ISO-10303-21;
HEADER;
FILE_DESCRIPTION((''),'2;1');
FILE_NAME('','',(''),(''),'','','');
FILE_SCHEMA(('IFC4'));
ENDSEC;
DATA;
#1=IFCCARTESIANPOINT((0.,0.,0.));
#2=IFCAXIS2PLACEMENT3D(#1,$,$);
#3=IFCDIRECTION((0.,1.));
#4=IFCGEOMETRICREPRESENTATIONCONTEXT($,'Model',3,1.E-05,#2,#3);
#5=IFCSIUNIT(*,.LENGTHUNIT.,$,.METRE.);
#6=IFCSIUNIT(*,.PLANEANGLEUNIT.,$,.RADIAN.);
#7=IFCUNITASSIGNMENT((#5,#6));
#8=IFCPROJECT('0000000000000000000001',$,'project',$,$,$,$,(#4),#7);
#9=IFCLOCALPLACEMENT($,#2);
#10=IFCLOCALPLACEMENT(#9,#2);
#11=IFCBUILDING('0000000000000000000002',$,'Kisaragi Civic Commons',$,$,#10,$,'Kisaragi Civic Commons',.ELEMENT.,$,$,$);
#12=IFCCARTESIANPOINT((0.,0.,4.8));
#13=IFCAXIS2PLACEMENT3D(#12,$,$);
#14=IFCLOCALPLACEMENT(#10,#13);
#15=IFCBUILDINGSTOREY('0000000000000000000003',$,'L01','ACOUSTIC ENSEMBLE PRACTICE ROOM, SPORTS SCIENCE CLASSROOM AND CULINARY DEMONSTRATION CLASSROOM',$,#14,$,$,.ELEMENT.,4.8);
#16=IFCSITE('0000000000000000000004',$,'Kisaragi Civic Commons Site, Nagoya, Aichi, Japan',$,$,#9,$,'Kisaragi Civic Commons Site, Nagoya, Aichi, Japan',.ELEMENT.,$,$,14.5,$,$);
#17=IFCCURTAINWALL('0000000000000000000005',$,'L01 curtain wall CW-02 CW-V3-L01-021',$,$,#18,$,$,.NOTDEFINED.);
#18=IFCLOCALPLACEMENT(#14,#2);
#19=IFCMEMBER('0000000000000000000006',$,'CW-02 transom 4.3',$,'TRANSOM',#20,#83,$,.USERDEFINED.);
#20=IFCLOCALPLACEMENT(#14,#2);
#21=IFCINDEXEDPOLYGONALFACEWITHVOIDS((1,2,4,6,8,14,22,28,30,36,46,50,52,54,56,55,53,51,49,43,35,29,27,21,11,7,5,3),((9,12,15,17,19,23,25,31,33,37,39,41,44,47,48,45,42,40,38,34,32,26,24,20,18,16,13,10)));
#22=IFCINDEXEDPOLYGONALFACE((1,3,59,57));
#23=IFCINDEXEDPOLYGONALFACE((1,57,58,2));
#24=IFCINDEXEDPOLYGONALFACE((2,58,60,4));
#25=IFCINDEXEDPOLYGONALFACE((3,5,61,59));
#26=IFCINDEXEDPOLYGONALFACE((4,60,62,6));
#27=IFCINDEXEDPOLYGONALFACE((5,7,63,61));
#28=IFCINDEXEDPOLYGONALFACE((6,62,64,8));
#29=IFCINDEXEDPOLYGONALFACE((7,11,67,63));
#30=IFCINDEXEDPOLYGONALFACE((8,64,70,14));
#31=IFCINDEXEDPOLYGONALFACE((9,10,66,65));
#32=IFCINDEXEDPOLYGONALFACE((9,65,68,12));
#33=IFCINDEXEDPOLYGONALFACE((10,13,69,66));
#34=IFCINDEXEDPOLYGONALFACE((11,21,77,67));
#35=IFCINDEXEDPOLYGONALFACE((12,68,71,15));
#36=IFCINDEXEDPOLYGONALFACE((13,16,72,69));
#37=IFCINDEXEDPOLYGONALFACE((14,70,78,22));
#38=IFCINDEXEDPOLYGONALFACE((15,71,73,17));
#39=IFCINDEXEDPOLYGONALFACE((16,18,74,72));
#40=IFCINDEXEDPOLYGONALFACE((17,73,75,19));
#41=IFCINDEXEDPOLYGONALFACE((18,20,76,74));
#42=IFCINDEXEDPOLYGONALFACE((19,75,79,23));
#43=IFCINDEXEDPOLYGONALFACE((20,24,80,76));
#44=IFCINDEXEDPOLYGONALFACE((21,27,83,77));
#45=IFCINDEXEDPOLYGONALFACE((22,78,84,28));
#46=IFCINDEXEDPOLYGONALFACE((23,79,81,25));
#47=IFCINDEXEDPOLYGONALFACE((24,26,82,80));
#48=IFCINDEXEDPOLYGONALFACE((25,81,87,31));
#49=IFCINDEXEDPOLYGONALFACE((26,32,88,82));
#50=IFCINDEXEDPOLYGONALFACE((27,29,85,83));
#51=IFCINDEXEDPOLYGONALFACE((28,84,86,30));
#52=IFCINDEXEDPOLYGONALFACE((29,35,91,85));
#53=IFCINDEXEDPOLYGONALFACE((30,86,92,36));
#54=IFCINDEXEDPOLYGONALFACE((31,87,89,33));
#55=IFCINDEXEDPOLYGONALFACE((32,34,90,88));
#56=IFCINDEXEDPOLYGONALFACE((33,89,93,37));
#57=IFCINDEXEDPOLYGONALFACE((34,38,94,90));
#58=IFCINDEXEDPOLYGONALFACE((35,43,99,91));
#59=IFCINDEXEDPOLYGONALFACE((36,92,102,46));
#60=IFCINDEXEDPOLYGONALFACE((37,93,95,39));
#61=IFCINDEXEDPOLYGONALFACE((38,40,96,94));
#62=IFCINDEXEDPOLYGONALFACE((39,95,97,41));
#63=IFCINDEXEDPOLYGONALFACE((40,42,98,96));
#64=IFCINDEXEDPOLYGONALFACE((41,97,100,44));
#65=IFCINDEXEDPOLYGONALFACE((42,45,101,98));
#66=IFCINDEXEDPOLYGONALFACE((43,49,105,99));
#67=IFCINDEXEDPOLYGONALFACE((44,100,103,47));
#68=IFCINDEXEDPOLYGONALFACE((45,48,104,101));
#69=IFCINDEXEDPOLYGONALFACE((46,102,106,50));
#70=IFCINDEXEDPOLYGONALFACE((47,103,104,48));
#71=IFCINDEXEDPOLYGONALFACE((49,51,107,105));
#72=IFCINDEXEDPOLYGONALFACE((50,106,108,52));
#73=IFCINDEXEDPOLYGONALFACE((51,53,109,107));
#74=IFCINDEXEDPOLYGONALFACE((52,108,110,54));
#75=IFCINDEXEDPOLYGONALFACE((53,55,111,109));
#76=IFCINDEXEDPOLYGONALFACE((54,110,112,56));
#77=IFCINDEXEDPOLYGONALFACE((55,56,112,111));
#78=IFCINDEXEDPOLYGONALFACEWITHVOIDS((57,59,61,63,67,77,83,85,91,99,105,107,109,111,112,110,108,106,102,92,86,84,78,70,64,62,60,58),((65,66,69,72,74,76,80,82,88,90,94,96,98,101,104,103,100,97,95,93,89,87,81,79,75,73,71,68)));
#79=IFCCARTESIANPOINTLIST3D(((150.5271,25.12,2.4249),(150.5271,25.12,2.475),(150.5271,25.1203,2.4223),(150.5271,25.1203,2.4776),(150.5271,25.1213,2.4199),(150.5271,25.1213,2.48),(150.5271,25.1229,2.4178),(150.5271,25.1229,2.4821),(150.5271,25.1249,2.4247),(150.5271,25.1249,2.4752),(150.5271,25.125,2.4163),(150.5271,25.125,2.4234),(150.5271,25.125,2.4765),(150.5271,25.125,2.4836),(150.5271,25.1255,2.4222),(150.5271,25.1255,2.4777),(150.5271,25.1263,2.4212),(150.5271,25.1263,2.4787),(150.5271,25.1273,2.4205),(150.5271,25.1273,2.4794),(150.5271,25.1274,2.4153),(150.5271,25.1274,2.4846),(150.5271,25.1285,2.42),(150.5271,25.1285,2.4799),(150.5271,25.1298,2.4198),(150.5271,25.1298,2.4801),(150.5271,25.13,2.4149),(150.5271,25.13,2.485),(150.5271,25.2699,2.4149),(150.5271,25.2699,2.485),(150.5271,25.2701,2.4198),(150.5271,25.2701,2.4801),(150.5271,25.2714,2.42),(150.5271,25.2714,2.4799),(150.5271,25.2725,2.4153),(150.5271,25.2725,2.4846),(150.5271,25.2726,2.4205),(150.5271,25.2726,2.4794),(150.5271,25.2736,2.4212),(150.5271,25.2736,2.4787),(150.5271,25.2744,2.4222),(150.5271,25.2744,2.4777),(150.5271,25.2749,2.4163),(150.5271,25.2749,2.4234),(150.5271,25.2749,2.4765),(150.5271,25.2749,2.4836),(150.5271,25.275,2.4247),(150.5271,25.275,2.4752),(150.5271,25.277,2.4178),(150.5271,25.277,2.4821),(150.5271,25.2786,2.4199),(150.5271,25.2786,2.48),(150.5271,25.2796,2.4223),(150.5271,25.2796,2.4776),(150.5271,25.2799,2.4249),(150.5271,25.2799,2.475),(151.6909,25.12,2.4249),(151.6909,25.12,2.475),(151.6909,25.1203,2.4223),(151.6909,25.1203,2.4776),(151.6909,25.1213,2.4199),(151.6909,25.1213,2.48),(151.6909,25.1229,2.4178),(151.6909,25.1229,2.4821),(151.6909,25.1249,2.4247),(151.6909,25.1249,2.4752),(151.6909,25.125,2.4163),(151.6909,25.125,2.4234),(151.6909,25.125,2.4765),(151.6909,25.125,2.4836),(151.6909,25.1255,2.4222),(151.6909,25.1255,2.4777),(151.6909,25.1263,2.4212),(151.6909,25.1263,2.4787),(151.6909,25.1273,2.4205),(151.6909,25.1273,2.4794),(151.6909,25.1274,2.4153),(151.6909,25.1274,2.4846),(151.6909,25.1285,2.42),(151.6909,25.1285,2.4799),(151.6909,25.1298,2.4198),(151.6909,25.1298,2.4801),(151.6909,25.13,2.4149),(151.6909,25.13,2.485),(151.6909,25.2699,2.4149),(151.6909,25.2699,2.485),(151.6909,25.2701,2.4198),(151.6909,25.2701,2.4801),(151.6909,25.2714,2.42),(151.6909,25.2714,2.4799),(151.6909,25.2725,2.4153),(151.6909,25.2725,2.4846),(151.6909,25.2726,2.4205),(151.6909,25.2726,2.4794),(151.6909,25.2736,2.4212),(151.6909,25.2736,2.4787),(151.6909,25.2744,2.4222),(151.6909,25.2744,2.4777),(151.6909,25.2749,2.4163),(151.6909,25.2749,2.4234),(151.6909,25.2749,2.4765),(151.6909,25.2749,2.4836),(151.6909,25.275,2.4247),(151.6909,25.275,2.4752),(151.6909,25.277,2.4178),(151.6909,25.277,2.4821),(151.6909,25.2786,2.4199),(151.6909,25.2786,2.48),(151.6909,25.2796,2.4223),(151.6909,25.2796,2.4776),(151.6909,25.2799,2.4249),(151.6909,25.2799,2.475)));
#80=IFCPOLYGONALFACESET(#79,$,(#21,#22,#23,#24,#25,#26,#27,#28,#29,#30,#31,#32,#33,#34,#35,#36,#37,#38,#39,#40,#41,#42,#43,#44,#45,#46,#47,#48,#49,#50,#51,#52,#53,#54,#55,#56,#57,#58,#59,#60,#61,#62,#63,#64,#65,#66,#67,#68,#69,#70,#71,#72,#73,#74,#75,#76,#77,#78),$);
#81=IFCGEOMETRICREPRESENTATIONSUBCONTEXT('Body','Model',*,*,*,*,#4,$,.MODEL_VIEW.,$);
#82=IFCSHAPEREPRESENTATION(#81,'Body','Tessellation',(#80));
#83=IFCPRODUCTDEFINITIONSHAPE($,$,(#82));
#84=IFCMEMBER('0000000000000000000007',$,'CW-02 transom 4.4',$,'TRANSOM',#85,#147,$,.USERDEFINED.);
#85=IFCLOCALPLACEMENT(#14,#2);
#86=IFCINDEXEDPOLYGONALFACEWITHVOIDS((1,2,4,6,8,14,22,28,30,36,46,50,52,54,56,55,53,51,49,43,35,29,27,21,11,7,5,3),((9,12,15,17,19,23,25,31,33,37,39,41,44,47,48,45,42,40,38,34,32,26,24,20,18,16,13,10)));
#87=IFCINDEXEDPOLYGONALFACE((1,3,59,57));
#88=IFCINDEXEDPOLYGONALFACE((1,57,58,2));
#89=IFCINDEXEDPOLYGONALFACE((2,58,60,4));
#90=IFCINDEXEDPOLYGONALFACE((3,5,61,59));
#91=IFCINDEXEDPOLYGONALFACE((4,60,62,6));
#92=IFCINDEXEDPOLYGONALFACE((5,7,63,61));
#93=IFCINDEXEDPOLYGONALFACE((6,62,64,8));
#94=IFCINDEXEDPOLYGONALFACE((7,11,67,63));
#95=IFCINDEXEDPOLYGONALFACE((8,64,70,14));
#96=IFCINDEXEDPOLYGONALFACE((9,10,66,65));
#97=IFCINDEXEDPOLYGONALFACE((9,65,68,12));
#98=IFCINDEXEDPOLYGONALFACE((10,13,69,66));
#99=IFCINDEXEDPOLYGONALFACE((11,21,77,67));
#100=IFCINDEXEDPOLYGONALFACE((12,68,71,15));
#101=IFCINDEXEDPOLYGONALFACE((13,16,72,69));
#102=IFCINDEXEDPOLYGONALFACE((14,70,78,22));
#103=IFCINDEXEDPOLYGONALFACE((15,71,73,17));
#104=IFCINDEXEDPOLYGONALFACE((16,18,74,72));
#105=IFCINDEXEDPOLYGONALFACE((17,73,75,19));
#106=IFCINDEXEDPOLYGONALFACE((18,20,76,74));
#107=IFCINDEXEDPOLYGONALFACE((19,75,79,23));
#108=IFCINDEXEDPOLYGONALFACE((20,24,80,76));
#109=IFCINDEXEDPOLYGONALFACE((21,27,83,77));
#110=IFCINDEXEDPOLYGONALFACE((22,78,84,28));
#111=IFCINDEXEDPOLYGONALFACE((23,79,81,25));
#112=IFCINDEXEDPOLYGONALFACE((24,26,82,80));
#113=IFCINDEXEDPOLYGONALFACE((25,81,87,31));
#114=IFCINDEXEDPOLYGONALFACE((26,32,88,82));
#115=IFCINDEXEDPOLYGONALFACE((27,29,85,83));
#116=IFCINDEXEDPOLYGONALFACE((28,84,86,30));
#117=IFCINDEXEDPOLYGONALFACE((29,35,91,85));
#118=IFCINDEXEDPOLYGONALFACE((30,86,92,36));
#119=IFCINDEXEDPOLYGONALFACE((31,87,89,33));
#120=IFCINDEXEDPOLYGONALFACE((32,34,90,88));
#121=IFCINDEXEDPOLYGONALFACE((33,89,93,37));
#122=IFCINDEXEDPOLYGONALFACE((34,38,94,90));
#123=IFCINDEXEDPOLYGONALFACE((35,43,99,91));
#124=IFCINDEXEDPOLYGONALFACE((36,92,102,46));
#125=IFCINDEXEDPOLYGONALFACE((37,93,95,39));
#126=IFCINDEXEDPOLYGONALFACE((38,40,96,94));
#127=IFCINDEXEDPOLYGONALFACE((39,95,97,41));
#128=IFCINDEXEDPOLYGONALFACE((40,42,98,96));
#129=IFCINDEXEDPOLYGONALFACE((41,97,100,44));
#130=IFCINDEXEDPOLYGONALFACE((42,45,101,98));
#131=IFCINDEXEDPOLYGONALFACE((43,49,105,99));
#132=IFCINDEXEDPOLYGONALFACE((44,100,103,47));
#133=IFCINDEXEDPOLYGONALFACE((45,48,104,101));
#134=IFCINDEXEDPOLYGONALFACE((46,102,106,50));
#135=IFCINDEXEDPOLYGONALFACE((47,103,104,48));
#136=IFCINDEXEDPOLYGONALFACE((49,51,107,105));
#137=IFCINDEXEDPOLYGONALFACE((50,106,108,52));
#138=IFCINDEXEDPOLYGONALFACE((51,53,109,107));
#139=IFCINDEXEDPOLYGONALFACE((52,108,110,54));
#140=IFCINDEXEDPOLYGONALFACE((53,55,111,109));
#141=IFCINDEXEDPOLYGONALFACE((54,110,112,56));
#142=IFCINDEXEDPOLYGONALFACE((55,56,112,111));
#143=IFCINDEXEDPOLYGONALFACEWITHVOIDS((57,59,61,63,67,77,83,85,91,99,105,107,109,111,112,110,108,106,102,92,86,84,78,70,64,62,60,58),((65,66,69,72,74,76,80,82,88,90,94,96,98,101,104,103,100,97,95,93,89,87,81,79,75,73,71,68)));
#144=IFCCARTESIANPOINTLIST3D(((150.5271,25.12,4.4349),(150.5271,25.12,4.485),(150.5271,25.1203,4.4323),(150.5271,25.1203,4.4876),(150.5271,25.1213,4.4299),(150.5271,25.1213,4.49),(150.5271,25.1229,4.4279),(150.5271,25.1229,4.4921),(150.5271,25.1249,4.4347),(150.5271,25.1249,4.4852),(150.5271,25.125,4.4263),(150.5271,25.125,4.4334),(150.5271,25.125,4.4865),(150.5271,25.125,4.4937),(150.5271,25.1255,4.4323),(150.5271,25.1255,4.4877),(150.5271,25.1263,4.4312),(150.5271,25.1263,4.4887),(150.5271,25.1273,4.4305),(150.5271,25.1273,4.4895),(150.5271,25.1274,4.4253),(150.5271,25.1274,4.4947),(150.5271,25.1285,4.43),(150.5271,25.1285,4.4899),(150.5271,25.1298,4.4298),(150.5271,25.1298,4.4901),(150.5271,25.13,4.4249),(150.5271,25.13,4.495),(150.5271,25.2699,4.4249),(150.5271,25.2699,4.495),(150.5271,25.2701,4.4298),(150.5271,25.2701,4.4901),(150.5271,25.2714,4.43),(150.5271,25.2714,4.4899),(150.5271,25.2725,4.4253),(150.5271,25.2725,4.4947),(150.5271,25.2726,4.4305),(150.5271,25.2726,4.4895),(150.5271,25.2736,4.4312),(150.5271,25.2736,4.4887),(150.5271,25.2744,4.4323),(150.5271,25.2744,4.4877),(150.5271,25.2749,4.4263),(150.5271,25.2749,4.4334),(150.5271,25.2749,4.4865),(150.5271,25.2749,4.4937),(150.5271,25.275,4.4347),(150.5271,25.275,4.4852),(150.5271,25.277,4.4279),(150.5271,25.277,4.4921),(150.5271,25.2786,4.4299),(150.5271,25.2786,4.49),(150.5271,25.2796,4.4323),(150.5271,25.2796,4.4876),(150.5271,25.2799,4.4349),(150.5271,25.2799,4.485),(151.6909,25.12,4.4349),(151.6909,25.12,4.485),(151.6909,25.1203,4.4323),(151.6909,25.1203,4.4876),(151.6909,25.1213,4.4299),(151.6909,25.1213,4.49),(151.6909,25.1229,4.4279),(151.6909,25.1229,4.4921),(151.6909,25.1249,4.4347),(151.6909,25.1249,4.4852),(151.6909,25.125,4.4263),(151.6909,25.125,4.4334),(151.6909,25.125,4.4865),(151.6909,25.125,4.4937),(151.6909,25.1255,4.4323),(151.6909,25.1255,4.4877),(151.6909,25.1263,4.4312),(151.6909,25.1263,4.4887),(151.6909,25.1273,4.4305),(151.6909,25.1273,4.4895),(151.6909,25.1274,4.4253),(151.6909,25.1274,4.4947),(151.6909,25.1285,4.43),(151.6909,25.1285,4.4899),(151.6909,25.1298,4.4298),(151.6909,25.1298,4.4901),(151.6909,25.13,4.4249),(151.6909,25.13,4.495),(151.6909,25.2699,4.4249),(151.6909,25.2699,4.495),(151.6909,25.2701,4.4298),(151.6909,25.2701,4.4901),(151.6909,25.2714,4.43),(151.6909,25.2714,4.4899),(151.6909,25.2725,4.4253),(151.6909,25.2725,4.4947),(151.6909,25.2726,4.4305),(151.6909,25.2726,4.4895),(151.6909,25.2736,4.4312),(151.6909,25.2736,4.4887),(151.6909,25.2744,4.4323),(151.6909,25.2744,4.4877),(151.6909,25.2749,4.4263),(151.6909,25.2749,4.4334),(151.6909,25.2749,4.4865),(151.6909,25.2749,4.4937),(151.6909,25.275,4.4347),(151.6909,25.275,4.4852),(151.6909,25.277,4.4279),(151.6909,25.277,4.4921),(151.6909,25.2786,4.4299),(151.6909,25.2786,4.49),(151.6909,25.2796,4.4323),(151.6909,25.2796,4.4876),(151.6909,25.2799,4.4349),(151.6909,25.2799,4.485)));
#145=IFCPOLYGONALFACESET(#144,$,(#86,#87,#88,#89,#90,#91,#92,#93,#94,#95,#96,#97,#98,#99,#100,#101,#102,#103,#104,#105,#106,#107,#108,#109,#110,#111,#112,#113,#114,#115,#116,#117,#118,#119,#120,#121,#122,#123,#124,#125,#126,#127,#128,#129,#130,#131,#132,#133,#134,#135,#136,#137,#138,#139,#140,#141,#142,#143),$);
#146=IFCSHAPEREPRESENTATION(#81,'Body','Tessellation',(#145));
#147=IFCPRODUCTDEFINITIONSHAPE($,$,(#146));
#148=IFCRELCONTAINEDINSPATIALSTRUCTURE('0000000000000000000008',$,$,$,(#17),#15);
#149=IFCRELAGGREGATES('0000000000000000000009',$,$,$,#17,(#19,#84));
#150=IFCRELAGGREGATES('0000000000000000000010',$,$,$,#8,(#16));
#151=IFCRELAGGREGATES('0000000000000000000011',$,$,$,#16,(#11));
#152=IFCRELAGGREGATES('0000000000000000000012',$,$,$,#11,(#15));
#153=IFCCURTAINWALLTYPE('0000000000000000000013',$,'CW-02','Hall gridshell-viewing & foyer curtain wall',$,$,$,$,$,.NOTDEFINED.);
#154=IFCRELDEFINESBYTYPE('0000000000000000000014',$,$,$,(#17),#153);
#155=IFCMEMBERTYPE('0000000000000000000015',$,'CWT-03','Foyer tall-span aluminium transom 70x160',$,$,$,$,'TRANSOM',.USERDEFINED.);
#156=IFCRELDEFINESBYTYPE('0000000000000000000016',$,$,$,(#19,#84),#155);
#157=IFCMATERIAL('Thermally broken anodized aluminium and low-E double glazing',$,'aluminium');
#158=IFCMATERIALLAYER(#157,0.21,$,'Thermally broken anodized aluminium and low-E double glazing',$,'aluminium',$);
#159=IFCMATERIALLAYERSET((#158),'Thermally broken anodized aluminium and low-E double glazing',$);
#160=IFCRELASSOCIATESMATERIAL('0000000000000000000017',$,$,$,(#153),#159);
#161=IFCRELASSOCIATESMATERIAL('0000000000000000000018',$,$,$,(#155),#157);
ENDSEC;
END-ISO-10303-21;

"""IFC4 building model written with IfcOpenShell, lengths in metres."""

from ifc_helpers import new_model, si_unit, direction, frame, origin, origin_2d, place, context, subcontext, project, spatial, hollow_rectangle, extrude, material, layer, layer_set, material_profile, profile_set, type_object, element, aggregate, save


model = new_model("IFC4")

# Units and contexts
model_context = context("Model", 3, precision=1e-05, world=origin(), true_north=direction((0.0, 1.0)))
body_context = subcontext(model_context, "Body", "Model", "MODEL_VIEW")
ifc_project = project(units=[si_unit("LENGTHUNIT", "METRE"), si_unit("PLANEANGLEUNIT", "RADIAN")], contexts=[model_context])

# Site, building, storey
site_placement = place(None, origin())
site = spatial("IfcSite", under=ifc_project, at=site_placement, Name="Kisaragi Civic Commons Site, Nagoya, Aichi, Japan", LongName="Kisaragi Civic Commons Site, Nagoya, Aichi, Japan", CompositionType="ELEMENT", RefElevation=14.5)
building_placement = place(site_placement, origin())
building = spatial("IfcBuilding", under=site, at=building_placement, Name="Kisaragi Civic Commons", LongName="Kisaragi Civic Commons", CompositionType="ELEMENT")
storey_placement = place(building_placement, frame((0.0, 0.0, 4.8)))
storey = spatial("IfcBuildingStorey", under=building, at=storey_placement, Name="L01", Description="ACOUSTIC ENSEMBLE PRACTICE ROOM, SPORTS SCIENCE CLASSROOM AND CULINARY DEMONSTRATION CLASSROOM", CompositionType="ELEMENT", Elevation=4.8)

# Curtain wall
ifc_material_1 = material(Name="Thermally broken anodized aluminium and low-E double glazing", Category="aluminium")
ifc_layer_1 = layer(ifc_material_1, 0.21, Name="Thermally broken anodized aluminium and low-E double glazing", Category="aluminium")
ifc_layer_set_1 = layer_set([ifc_layer_1], Name="Thermally broken anodized aluminium and low-E double glazing")
curtain_wall_type = type_object("IfcCurtainWallType", Name="CW-02", Description="Hall gridshell-viewing & foyer curtain wall", PredefinedType="NOTDEFINED", material=ifc_layer_set_1)
curtain_wall_1_placement = place(storey_placement, origin())
curtain_wall_1 = element("IfcCurtainWall", 1, at=curtain_wall_1_placement, inside=storey, type_object=curtain_wall_type, Name="L01 curtain wall CW-02 CW-V3-L01-021", PredefinedType="NOTDEFINED")

# Members
ifc_material_profile_1 = material_profile(ifc_material_1, hollow_rectangle(XDim=0.1599, YDim=0.0701, WallThickness=0.0049, InnerFilletRadius=0.0049, OuterFilletRadius=0.01, at=origin_2d()), Name="CWT-70x160x5", Category="aluminium")
ifc_profile_set_1 = profile_set([ifc_material_profile_1], Name="Thermally broken anodized aluminium and low-E double glazing")
member_type_1 = type_object("IfcMemberType", Name="CWT-03", Description="Foyer tall-span aluminium transom 70x160", ElementType="TRANSOM", PredefinedType="USERDEFINED", material=ifc_profile_set_1)
member_1_placement = place(storey_placement, frame((150.5271, 25.2, 2.45), z_axis=(1.0, 0.0, 0.0), x_axis=(0.0, 1.0, 0.0)))
member_1 = element("IfcMember", 2, at=member_1_placement, type_object=member_type_1, Name="CW-02 transom 4.3", ObjectType="TRANSOM", PredefinedType="USERDEFINED", context=body_context, shape_type="SweptSolid", body=[
    extrude(hollow_rectangle(XDim=0.1599, YDim=0.0701, WallThickness=0.0049, InnerFilletRadius=0.0049, OuterFilletRadius=0.01, at=origin_2d()), origin(), (0.0, 0.0, 1.0), 1.1638),
])
member_2_placement = place(storey_placement, frame((150.5271, 25.2, 4.46), z_axis=(1.0, 0.0, 0.0), x_axis=(0.0, 1.0, 0.0)))
member_2 = element("IfcMember", 3, at=member_2_placement, type_object=member_type_1, Name="CW-02 transom 4.4", ObjectType="TRANSOM", PredefinedType="USERDEFINED", context=body_context, shape_type="SweptSolid", body=[
    extrude(hollow_rectangle(XDim=0.1599, YDim=0.0701, WallThickness=0.0049, InnerFilletRadius=0.0049, OuterFilletRadius=0.01, at=origin_2d()), origin(), (0.0, 0.0, 1.0), 1.1638),
])

aggregate(curtain_wall_1, [member_1, member_2])

save(model, "model.ifc")
